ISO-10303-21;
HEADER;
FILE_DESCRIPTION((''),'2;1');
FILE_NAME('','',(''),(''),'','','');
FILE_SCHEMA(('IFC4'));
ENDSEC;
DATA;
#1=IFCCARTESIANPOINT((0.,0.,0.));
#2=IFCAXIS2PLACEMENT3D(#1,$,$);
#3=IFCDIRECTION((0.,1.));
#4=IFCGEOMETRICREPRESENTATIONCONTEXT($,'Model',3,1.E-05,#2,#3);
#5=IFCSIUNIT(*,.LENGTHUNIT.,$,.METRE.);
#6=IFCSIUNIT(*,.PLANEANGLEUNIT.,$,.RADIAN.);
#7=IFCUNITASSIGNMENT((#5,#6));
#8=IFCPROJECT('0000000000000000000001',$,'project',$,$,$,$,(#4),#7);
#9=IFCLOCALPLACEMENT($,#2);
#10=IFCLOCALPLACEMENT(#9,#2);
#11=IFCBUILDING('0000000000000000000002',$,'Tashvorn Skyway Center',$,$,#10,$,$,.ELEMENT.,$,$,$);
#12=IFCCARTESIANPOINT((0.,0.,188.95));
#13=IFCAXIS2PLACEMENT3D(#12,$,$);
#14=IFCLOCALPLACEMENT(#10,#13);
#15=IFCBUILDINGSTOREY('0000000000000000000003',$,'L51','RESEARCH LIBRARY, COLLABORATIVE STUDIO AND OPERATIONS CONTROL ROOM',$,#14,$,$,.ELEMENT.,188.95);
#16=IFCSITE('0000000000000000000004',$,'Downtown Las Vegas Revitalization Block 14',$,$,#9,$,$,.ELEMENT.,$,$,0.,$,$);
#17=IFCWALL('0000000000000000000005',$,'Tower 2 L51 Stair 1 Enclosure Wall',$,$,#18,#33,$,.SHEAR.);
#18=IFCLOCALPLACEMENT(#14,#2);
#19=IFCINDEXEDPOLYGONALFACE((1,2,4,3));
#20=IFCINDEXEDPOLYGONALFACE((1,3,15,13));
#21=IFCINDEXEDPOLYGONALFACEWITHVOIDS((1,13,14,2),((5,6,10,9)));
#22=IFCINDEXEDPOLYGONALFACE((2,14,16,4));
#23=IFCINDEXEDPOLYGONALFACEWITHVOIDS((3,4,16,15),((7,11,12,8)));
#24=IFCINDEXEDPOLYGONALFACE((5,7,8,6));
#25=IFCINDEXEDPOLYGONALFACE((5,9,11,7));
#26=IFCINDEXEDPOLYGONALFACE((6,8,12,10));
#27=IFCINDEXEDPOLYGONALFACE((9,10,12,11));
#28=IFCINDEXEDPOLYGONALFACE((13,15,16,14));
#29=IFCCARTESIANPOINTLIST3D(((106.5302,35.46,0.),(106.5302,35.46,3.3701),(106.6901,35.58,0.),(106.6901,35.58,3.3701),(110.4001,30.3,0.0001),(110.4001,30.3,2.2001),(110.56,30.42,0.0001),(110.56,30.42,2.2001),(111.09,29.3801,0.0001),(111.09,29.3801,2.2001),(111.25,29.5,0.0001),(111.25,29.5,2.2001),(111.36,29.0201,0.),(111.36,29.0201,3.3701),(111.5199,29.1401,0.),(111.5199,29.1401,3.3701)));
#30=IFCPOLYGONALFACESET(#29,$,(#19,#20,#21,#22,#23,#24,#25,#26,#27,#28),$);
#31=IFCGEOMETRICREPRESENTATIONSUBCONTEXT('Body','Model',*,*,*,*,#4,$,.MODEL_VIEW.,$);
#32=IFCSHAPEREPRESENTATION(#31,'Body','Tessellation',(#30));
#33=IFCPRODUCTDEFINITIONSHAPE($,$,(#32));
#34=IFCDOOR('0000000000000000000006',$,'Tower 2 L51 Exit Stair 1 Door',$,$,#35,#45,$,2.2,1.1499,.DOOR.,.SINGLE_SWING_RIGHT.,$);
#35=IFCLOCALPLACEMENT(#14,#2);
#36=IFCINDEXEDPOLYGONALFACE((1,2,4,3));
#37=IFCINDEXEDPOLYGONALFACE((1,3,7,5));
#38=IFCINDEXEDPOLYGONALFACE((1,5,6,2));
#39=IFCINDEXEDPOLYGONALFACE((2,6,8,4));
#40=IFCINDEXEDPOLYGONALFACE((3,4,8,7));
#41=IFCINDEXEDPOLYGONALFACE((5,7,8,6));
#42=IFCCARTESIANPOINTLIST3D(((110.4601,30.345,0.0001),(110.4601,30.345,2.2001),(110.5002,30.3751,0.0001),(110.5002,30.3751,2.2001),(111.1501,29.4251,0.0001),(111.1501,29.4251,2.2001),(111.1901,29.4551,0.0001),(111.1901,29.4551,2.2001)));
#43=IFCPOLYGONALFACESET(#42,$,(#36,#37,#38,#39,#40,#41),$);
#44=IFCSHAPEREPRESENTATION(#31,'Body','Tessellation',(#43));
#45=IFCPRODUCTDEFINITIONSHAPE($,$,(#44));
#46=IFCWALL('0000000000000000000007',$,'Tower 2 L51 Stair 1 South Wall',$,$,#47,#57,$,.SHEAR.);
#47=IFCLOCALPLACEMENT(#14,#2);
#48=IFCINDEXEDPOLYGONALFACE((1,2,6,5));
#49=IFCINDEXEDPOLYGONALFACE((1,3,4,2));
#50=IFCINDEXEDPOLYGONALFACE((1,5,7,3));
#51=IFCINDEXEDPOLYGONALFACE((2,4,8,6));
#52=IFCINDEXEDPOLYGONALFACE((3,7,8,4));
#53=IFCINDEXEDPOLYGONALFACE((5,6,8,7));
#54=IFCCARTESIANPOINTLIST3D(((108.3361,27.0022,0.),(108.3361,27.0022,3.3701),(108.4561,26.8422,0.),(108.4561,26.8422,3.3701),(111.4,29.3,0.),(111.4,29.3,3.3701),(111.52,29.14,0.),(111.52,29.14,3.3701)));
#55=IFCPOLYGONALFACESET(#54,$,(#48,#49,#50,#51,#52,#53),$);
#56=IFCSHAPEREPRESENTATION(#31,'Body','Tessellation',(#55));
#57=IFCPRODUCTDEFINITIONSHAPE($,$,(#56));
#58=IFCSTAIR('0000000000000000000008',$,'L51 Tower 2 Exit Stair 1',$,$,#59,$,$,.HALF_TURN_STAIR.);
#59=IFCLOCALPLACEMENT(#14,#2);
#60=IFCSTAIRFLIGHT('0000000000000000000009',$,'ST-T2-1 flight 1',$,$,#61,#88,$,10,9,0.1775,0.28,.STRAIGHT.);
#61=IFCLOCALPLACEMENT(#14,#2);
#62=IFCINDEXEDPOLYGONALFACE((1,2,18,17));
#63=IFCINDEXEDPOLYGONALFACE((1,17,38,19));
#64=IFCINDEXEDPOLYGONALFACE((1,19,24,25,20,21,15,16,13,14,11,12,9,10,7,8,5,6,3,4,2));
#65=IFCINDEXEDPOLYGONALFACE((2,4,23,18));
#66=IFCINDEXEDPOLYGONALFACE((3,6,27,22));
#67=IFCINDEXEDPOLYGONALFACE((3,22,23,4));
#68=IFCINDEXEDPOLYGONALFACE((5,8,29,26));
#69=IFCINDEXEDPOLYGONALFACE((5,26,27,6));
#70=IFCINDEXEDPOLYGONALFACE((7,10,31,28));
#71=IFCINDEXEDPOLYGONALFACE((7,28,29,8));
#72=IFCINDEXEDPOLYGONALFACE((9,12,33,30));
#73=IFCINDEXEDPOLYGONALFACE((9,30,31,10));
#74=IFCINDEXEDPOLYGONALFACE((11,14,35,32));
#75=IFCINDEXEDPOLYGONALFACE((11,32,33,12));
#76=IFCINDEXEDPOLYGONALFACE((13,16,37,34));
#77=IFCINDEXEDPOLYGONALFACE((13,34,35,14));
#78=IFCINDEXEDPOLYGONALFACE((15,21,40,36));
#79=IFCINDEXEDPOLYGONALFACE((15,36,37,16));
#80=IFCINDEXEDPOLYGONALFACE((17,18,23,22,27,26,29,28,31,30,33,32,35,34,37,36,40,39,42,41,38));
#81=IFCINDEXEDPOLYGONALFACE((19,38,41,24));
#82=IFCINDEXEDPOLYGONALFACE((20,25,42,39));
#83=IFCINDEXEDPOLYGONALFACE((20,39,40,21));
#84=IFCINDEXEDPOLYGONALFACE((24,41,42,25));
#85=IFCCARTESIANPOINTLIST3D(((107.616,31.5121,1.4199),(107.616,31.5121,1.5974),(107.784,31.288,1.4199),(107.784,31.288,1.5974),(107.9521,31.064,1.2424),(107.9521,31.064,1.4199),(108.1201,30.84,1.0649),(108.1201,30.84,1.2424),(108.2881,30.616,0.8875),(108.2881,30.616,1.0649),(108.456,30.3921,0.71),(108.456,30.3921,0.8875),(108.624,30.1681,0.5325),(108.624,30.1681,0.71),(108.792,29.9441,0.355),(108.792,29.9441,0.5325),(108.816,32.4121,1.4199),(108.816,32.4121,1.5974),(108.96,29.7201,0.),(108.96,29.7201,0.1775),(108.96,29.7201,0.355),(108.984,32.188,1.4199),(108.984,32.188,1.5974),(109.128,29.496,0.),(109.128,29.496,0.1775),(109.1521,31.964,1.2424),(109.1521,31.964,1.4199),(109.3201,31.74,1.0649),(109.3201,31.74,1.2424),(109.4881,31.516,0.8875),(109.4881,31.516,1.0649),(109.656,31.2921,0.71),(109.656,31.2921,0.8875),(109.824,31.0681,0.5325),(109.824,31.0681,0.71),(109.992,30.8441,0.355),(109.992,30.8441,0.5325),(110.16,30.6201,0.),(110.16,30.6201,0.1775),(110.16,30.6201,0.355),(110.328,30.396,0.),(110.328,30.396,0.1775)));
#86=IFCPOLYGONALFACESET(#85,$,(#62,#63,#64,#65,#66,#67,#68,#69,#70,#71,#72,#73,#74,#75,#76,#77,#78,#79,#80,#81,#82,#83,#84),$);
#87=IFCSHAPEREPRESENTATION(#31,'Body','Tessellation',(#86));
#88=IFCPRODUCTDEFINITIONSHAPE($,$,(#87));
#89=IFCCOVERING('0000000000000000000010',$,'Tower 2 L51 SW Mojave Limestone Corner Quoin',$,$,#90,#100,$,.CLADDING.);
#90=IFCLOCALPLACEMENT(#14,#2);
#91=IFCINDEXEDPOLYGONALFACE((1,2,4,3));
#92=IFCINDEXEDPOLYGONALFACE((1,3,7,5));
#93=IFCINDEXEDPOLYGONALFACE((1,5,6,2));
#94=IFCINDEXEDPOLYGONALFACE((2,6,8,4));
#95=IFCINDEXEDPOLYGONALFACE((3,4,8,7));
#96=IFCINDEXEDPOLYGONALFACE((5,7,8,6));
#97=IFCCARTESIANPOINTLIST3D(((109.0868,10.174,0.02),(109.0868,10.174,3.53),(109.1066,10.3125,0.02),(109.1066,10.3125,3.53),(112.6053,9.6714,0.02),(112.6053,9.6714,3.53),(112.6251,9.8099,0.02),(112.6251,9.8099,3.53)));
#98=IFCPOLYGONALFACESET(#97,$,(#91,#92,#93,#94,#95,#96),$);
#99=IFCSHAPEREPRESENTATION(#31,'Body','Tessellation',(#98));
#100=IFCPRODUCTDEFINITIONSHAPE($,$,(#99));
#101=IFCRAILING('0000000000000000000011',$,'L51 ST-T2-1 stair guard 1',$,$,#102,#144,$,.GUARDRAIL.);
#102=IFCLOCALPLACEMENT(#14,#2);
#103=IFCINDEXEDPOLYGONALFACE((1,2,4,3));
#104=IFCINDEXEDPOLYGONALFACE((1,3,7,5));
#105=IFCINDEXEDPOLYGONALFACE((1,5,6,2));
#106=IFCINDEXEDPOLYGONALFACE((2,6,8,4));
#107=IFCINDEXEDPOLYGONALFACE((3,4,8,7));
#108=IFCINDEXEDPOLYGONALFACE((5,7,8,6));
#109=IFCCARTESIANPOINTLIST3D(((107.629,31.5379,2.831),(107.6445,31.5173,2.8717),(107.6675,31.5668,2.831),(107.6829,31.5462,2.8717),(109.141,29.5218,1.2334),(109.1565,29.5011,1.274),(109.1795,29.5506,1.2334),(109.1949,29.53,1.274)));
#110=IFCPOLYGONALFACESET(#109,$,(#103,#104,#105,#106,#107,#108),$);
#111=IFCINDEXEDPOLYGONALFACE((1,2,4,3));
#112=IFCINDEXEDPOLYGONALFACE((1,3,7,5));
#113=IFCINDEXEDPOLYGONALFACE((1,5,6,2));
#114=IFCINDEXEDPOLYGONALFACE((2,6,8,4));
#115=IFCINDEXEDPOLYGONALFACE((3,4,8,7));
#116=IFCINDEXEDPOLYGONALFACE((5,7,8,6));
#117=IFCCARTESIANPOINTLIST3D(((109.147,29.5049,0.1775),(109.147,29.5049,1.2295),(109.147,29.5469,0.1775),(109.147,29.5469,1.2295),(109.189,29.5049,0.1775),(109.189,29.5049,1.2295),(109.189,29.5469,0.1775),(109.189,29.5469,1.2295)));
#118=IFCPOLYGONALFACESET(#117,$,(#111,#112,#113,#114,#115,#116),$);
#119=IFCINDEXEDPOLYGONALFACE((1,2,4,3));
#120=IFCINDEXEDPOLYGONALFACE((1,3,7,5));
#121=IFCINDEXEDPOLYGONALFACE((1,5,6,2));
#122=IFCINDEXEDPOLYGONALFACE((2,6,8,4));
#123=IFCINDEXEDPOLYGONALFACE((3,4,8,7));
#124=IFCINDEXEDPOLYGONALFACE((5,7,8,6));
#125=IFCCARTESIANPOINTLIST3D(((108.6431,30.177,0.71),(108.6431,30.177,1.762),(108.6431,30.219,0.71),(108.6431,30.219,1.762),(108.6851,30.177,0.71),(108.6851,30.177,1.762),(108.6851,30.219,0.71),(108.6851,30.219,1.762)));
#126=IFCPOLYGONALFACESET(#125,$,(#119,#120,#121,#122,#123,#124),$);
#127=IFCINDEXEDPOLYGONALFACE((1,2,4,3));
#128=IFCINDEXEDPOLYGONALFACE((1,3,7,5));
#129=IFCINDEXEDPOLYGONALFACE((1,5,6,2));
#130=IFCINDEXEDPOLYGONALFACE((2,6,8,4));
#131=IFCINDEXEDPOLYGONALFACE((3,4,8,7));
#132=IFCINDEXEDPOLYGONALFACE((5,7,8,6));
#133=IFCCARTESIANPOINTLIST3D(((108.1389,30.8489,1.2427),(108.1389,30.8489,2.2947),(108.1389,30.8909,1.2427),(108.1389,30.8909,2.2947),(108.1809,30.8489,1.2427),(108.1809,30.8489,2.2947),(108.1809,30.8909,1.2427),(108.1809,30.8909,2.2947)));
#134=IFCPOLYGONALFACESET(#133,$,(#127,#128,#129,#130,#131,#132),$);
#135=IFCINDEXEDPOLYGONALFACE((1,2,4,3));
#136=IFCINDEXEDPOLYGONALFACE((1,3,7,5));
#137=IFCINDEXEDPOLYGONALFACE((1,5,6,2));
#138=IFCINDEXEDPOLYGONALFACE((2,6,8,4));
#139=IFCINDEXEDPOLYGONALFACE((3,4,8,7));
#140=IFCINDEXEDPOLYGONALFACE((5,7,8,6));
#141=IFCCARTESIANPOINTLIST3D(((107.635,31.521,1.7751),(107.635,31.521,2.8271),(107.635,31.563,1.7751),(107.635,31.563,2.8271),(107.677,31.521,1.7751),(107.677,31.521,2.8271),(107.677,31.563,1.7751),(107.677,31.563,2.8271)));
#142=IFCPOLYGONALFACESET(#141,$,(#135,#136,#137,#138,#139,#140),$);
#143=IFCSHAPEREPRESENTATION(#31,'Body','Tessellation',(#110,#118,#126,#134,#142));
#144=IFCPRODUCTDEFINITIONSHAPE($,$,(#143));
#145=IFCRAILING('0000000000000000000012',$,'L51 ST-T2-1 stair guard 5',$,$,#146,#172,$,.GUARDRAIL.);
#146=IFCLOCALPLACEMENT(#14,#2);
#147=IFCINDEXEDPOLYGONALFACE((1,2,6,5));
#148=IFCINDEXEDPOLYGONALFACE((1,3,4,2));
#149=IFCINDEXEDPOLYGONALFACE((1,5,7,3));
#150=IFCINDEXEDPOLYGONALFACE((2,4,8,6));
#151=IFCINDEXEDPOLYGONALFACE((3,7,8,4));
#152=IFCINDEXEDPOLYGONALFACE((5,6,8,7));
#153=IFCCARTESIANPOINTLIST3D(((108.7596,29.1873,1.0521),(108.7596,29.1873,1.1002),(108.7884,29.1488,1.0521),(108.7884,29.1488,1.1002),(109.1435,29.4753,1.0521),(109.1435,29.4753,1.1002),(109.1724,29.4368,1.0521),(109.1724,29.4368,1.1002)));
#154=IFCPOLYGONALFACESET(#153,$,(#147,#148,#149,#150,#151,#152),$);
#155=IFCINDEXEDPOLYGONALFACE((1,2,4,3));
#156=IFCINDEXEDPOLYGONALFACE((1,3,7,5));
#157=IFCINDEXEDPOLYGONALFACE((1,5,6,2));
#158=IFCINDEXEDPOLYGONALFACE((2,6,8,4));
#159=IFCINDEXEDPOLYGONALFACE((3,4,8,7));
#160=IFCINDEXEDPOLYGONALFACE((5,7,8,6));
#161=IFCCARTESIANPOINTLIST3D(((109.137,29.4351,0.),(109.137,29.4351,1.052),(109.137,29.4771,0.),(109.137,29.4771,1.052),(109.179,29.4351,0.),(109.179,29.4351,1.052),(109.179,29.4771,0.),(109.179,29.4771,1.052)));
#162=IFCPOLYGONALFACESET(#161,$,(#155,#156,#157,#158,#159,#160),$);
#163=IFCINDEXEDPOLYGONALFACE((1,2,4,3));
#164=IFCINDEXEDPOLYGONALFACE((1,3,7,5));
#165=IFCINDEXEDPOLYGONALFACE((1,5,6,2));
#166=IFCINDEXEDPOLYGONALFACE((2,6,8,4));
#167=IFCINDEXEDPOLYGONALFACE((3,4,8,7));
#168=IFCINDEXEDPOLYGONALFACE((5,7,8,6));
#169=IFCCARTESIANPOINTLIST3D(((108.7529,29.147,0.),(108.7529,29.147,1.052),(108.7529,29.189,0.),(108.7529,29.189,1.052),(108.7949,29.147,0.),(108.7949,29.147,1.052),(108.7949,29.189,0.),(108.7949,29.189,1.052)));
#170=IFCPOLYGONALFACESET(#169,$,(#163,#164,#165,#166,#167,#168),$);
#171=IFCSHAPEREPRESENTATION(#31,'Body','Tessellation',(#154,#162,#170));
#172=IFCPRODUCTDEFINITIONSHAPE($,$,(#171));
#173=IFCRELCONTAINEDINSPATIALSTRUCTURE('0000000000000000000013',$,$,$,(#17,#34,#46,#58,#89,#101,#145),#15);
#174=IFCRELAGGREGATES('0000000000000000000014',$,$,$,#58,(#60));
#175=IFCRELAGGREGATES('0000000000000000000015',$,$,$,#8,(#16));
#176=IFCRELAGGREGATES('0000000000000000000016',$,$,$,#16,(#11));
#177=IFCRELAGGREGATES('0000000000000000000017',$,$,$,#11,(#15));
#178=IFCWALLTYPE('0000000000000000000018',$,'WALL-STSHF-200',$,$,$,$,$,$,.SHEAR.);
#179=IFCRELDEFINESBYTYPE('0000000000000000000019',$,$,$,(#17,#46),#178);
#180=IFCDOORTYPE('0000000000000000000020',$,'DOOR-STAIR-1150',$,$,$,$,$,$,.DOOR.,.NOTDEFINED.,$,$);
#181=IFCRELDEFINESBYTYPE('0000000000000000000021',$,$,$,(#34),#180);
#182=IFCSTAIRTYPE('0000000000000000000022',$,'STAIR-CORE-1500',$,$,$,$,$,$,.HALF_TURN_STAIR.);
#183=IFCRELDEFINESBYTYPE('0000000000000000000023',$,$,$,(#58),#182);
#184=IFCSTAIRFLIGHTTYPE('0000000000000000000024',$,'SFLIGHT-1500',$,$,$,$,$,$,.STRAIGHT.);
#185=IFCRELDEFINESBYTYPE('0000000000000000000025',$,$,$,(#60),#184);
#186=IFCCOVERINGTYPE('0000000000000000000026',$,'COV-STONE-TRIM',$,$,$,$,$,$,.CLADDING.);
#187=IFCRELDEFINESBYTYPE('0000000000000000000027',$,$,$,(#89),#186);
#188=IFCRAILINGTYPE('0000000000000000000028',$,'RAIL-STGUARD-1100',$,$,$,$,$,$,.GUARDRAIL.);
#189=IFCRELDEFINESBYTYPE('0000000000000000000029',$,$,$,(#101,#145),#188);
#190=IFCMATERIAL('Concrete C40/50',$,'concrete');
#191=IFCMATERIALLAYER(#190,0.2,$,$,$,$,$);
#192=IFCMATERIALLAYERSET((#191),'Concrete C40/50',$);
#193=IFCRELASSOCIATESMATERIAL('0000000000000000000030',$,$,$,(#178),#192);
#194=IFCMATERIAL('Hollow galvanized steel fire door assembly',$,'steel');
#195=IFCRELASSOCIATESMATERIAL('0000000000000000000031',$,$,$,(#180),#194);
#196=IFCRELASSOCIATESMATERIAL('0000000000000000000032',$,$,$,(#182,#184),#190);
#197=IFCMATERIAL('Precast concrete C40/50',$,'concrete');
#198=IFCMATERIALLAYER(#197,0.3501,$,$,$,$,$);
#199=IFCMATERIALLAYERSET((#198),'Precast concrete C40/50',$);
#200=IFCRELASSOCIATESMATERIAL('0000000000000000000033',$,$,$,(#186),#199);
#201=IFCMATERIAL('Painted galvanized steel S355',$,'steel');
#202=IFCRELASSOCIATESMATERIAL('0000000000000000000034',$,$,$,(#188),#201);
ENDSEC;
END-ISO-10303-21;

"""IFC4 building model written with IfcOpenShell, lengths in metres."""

from ifc_helpers import new_model, si_unit, direction, frame, frame_2d, origin, origin_2d, place, context, subcontext, project, spatial, polyline, rectangle, outline, extrude, material, layer, layer_set, type_object, element, fill, aggregate, save


model = new_model("IFC4")

# Units and contexts
model_context = context("Model", 3, precision=1e-05, world=origin(), true_north=direction((0.0, 1.0)))
body_context = subcontext(model_context, "Body", "Model", "MODEL_VIEW")
ifc_project = project(units=[si_unit("LENGTHUNIT", "METRE"), si_unit("PLANEANGLEUNIT", "RADIAN")], contexts=[model_context])

# Site, building, storey
site_placement = place(None, origin())
site = spatial("IfcSite", under=ifc_project, at=site_placement, Name="Downtown Las Vegas Revitalization Block 14", CompositionType="ELEMENT", RefElevation=0.0)
building_placement = place(site_placement, origin())
building = spatial("IfcBuilding", under=site, at=building_placement, Name="Tashvorn Skyway Center", CompositionType="ELEMENT")
storey_placement = place(building_placement, frame((0.0, 0.0, 188.95)))
storey = spatial("IfcBuildingStorey", under=building, at=storey_placement, Name="L51", Description="RESEARCH LIBRARY, COLLABORATIVE STUDIO AND OPERATIONS CONTROL ROOM", CompositionType="ELEMENT", Elevation=188.95)

# Shared definitions
ifc_material_1 = material(Name="Concrete C40/50", Category="concrete")

# Wall, opening, door
ifc_layer_1 = layer(ifc_material_1, 0.2)
ifc_layer_set_1 = layer_set([ifc_layer_1], Name="Concrete C40/50")
wall_type_1 = type_object("IfcWallType", Name="WALL-STSHF-200", PredefinedType="SHEAR", material=ifc_layer_set_1)
wall_1_placement = place(storey_placement, frame((111.4399, 29.0801, 0.0), z_axis=(0.0, 0.0, 1.0), x_axis=(-0.59999, 0.800007, 0.0)))
wall_1 = element("IfcWall", 1, at=wall_1_placement, inside=storey, type_object=wall_type_1, Name="Tower 2 L51 Stair 1 Enclosure Wall", PredefinedType="SHEAR", context=body_context, shape_type="SweptSolid", body=[
    extrude(rectangle(XDim=8.0498, YDim=0.2, at=frame_2d((4.0249, 0.0))), origin(), (0.0, 0.0, 1.0), 3.3701),
])
opening_1_placement = place(wall_1_placement, frame((0.45, 0.0, 0.0)))
opening_1 = element("IfcOpeningElement", 2, at=opening_1_placement, cuts=wall_1, PredefinedType="OPENING", context=body_context, shape_type="SweptSolid", body=[
    extrude(rectangle(XDim=1.1499, YDim=2.2, at=frame_2d((0.575, 1.1001))), frame((0.0, 0.1099, 0.0), z_axis=(0.0, -1.0, 0.0), x_axis=(1.0, 0.0, 0.0)), (0.0, 0.0, 1.0), 0.22),
])
ifc_material_2 = material(Name="Hollow galvanized steel fire door assembly", Category="steel")
door_type_1 = type_object("IfcDoorType", Name="DOOR-STAIR-1150", OperationType="NOTDEFINED", PredefinedType="DOOR", material=ifc_material_2)
door_1_placement = place(opening_1_placement, origin())
door_1 = element("IfcDoor", 3, at=door_1_placement, inside=storey, type_object=door_type_1, Name="Tower 2 L51 Exit Stair 1 Door", OperationType="SINGLE_SWING_RIGHT", OverallHeight=2.2, OverallWidth=1.1499, PredefinedType="DOOR", context=body_context, shape_type="SweptSolid", body=[
    extrude(rectangle(XDim=1.1499, YDim=2.2, at=frame_2d((0.575, 1.1001))), frame((0.0, 0.0249, 0.0), z_axis=(0.0, -1.0, 0.0), x_axis=(1.0, 0.0, 0.0)), (0.0, 0.0, 1.0), 0.05),
])
fill(opening_1, door_1)

# Wall
wall_2_placement = place(storey_placement, frame((108.396, 26.9221, 0.0), z_axis=(0.0, 0.0, 1.0), x_axis=(0.800015, 0.59998, 0.0)))
element("IfcWall", 4, at=wall_2_placement, inside=storey, type_object=wall_type_1, Name="Tower 2 L51 Stair 1 South Wall", PredefinedType="SHEAR", context=body_context, shape_type="SweptSolid", body=[
    extrude(rectangle(XDim=3.8298, YDim=0.2, at=frame_2d((1.915, 0.0))), origin(), (0.0, 0.0, 1.0), 3.3701),
])

# Stair, stair flight
stair_type = type_object("IfcStairType", Name="STAIR-CORE-1500", PredefinedType="HALF_TURN_STAIR", material=ifc_material_1)
stair_placement = place(storey_placement, origin())
stair = element("IfcStair", 5, at=stair_placement, inside=storey, type_object=stair_type, Name="L51 Tower 2 Exit Stair 1", PredefinedType="HALF_TURN_STAIR")
stair_flight_type = type_object("IfcStairFlightType", Name="SFLIGHT-1500", PredefinedType="STRAIGHT", material=ifc_material_1)
stair_flight_placement = place(storey_placement, frame((109.728, 29.946, 0.0), z_axis=(0.0, 0.0, 1.0), x_axis=(-0.6, 0.8, 0.0)))
stair_flight = element("IfcStairFlight", 6, at=stair_flight_placement, type_object=stair_flight_type, Name="ST-T2-1 flight 1", NumberOfRisers=10, NumberOfTreads=9, PredefinedType="STRAIGHT", RiserHeight=0.1775, TreadLength=0.28, context=body_context, shape_type="SweptSolid", body=[
    extrude(outline(polyline([(0.0, 0.0), (0.0, 0.1775), (0.28, 0.1775), (0.28, 0.355), (0.5601, 0.355), (0.5601, 0.5325), (0.8401, 0.5325), (0.8401, 0.71), (1.1201, 0.71), (1.1201, 0.8875), (1.3999, 0.8875), (1.3999, 1.0649), (1.6799, 1.0649), (1.6799, 1.2424), (1.96, 1.2424), (1.96, 1.4199), (2.24, 1.4199), (2.24, 1.5974), (2.52, 1.5974), (2.52, 1.7749), (2.52, 1.4199), (0.28, 0.0), (0.0, 0.0)])), frame((0.0, 0.75, 0.0), z_axis=(0.0, -1.0, 0.0), x_axis=(1.0, 0.0, 0.0)), (0.0, 0.0, 1.0), 1.5),
])
aggregate(stair, [stair_flight])

# Covering
ifc_material_3 = material(Name="Precast concrete C40/50", Category="concrete")
ifc_layer_2 = layer(ifc_material_3, 0.3501)
ifc_layer_set_2 = layer_set([ifc_layer_2], Name="Precast concrete C40/50")
covering_type = type_object("IfcCoveringType", Name="COV-STONE-TRIM", PredefinedType="CLADDING", material=ifc_layer_set_2)
covering_placement = place(storey_placement, frame((110.856, 9.9919, 0.02), z_axis=(0.0, 0.0, 1.0), x_axis=(-0.989949, 0.141421, 0.0)))
element("IfcCovering", 7, at=covering_placement, inside=storey, type_object=covering_type, Name="Tower 2 L51 SW Mojave Limestone Corner Quoin", PredefinedType="CLADDING", context=body_context, shape_type="SweptSolid", body=[
    extrude(rectangle(XDim=3.5542, YDim=0.1399, at=origin_2d()), origin(), (0.0, 0.0, 1.0), 3.51),
])

# Railings
ifc_material_4 = material(Name="Painted galvanized steel S355", Category="steel")
railing_type = type_object("IfcRailingType", Name="RAIL-STGUARD-1100", PredefinedType="GUARDRAIL", material=ifc_material_4)
railing_1_placement = place(storey_placement, frame((109.168, 29.5259, 0.1775)))
element("IfcRailing", 8, at=railing_1_placement, inside=storey, type_object=railing_type, Name="L51 ST-T2-1 stair guard 1", PredefinedType="GUARDRAIL", context=body_context, shape_type="SweptSolid", body=[
    extrude(rectangle(XDim=0.0481, YDim=0.0481, at=origin_2d()), frame((0.0, 0.0, 1.0762), z_axis=(-0.506719, 0.675679, 0.535438), x_axis=(-0.800023, -0.599969, 0.0)), (0.0, 0.0, 1.0), 2.9839),
    extrude(rectangle(XDim=0.042, YDim=0.042, at=origin_2d()), origin(), (0.0, 0.0, 1.0), 1.052),
    extrude(rectangle(XDim=0.042, YDim=0.042, at=origin_2d()), frame((-0.5039, 0.6721, 0.5325)), (0.0, 0.0, 1.0), 1.052),
    extrude(rectangle(XDim=0.042, YDim=0.042, at=origin_2d()), frame((-1.0081, 1.344, 1.0652)), (0.0, 0.0, 1.0), 1.052),
    extrude(rectangle(XDim=0.042, YDim=0.042, at=origin_2d()), frame((-1.512, 2.0161, 1.5977)), (0.0, 0.0, 1.0), 1.052),
])
railing_2_placement = place(storey_placement, frame((109.158, 29.4561, 0.0)))
element("IfcRailing", 9, at=railing_2_placement, inside=storey, type_object=railing_type, Name="L51 ST-T2-1 stair guard 5", PredefinedType="GUARDRAIL", context=body_context, shape_type="SweptSolid", body=[
    extrude(rectangle(XDim=0.0481, YDim=0.0481, at=origin_2d()), frame((0.0, 0.0, 1.0762), z_axis=(-0.799939, -0.600081, 0.0), x_axis=(0.600081, -0.799939, 0.0)), (0.0, 0.0, 1.0), 0.48),
    extrude(rectangle(XDim=0.042, YDim=0.042, at=origin_2d()), origin(), (0.0, 0.0, 1.0), 1.052),
    extrude(rectangle(XDim=0.042, YDim=0.042, at=origin_2d()), frame((-0.384, -0.2881, 0.0)), (0.0, 0.0, 1.0), 1.052),
])

save(model, "model.ifc")
